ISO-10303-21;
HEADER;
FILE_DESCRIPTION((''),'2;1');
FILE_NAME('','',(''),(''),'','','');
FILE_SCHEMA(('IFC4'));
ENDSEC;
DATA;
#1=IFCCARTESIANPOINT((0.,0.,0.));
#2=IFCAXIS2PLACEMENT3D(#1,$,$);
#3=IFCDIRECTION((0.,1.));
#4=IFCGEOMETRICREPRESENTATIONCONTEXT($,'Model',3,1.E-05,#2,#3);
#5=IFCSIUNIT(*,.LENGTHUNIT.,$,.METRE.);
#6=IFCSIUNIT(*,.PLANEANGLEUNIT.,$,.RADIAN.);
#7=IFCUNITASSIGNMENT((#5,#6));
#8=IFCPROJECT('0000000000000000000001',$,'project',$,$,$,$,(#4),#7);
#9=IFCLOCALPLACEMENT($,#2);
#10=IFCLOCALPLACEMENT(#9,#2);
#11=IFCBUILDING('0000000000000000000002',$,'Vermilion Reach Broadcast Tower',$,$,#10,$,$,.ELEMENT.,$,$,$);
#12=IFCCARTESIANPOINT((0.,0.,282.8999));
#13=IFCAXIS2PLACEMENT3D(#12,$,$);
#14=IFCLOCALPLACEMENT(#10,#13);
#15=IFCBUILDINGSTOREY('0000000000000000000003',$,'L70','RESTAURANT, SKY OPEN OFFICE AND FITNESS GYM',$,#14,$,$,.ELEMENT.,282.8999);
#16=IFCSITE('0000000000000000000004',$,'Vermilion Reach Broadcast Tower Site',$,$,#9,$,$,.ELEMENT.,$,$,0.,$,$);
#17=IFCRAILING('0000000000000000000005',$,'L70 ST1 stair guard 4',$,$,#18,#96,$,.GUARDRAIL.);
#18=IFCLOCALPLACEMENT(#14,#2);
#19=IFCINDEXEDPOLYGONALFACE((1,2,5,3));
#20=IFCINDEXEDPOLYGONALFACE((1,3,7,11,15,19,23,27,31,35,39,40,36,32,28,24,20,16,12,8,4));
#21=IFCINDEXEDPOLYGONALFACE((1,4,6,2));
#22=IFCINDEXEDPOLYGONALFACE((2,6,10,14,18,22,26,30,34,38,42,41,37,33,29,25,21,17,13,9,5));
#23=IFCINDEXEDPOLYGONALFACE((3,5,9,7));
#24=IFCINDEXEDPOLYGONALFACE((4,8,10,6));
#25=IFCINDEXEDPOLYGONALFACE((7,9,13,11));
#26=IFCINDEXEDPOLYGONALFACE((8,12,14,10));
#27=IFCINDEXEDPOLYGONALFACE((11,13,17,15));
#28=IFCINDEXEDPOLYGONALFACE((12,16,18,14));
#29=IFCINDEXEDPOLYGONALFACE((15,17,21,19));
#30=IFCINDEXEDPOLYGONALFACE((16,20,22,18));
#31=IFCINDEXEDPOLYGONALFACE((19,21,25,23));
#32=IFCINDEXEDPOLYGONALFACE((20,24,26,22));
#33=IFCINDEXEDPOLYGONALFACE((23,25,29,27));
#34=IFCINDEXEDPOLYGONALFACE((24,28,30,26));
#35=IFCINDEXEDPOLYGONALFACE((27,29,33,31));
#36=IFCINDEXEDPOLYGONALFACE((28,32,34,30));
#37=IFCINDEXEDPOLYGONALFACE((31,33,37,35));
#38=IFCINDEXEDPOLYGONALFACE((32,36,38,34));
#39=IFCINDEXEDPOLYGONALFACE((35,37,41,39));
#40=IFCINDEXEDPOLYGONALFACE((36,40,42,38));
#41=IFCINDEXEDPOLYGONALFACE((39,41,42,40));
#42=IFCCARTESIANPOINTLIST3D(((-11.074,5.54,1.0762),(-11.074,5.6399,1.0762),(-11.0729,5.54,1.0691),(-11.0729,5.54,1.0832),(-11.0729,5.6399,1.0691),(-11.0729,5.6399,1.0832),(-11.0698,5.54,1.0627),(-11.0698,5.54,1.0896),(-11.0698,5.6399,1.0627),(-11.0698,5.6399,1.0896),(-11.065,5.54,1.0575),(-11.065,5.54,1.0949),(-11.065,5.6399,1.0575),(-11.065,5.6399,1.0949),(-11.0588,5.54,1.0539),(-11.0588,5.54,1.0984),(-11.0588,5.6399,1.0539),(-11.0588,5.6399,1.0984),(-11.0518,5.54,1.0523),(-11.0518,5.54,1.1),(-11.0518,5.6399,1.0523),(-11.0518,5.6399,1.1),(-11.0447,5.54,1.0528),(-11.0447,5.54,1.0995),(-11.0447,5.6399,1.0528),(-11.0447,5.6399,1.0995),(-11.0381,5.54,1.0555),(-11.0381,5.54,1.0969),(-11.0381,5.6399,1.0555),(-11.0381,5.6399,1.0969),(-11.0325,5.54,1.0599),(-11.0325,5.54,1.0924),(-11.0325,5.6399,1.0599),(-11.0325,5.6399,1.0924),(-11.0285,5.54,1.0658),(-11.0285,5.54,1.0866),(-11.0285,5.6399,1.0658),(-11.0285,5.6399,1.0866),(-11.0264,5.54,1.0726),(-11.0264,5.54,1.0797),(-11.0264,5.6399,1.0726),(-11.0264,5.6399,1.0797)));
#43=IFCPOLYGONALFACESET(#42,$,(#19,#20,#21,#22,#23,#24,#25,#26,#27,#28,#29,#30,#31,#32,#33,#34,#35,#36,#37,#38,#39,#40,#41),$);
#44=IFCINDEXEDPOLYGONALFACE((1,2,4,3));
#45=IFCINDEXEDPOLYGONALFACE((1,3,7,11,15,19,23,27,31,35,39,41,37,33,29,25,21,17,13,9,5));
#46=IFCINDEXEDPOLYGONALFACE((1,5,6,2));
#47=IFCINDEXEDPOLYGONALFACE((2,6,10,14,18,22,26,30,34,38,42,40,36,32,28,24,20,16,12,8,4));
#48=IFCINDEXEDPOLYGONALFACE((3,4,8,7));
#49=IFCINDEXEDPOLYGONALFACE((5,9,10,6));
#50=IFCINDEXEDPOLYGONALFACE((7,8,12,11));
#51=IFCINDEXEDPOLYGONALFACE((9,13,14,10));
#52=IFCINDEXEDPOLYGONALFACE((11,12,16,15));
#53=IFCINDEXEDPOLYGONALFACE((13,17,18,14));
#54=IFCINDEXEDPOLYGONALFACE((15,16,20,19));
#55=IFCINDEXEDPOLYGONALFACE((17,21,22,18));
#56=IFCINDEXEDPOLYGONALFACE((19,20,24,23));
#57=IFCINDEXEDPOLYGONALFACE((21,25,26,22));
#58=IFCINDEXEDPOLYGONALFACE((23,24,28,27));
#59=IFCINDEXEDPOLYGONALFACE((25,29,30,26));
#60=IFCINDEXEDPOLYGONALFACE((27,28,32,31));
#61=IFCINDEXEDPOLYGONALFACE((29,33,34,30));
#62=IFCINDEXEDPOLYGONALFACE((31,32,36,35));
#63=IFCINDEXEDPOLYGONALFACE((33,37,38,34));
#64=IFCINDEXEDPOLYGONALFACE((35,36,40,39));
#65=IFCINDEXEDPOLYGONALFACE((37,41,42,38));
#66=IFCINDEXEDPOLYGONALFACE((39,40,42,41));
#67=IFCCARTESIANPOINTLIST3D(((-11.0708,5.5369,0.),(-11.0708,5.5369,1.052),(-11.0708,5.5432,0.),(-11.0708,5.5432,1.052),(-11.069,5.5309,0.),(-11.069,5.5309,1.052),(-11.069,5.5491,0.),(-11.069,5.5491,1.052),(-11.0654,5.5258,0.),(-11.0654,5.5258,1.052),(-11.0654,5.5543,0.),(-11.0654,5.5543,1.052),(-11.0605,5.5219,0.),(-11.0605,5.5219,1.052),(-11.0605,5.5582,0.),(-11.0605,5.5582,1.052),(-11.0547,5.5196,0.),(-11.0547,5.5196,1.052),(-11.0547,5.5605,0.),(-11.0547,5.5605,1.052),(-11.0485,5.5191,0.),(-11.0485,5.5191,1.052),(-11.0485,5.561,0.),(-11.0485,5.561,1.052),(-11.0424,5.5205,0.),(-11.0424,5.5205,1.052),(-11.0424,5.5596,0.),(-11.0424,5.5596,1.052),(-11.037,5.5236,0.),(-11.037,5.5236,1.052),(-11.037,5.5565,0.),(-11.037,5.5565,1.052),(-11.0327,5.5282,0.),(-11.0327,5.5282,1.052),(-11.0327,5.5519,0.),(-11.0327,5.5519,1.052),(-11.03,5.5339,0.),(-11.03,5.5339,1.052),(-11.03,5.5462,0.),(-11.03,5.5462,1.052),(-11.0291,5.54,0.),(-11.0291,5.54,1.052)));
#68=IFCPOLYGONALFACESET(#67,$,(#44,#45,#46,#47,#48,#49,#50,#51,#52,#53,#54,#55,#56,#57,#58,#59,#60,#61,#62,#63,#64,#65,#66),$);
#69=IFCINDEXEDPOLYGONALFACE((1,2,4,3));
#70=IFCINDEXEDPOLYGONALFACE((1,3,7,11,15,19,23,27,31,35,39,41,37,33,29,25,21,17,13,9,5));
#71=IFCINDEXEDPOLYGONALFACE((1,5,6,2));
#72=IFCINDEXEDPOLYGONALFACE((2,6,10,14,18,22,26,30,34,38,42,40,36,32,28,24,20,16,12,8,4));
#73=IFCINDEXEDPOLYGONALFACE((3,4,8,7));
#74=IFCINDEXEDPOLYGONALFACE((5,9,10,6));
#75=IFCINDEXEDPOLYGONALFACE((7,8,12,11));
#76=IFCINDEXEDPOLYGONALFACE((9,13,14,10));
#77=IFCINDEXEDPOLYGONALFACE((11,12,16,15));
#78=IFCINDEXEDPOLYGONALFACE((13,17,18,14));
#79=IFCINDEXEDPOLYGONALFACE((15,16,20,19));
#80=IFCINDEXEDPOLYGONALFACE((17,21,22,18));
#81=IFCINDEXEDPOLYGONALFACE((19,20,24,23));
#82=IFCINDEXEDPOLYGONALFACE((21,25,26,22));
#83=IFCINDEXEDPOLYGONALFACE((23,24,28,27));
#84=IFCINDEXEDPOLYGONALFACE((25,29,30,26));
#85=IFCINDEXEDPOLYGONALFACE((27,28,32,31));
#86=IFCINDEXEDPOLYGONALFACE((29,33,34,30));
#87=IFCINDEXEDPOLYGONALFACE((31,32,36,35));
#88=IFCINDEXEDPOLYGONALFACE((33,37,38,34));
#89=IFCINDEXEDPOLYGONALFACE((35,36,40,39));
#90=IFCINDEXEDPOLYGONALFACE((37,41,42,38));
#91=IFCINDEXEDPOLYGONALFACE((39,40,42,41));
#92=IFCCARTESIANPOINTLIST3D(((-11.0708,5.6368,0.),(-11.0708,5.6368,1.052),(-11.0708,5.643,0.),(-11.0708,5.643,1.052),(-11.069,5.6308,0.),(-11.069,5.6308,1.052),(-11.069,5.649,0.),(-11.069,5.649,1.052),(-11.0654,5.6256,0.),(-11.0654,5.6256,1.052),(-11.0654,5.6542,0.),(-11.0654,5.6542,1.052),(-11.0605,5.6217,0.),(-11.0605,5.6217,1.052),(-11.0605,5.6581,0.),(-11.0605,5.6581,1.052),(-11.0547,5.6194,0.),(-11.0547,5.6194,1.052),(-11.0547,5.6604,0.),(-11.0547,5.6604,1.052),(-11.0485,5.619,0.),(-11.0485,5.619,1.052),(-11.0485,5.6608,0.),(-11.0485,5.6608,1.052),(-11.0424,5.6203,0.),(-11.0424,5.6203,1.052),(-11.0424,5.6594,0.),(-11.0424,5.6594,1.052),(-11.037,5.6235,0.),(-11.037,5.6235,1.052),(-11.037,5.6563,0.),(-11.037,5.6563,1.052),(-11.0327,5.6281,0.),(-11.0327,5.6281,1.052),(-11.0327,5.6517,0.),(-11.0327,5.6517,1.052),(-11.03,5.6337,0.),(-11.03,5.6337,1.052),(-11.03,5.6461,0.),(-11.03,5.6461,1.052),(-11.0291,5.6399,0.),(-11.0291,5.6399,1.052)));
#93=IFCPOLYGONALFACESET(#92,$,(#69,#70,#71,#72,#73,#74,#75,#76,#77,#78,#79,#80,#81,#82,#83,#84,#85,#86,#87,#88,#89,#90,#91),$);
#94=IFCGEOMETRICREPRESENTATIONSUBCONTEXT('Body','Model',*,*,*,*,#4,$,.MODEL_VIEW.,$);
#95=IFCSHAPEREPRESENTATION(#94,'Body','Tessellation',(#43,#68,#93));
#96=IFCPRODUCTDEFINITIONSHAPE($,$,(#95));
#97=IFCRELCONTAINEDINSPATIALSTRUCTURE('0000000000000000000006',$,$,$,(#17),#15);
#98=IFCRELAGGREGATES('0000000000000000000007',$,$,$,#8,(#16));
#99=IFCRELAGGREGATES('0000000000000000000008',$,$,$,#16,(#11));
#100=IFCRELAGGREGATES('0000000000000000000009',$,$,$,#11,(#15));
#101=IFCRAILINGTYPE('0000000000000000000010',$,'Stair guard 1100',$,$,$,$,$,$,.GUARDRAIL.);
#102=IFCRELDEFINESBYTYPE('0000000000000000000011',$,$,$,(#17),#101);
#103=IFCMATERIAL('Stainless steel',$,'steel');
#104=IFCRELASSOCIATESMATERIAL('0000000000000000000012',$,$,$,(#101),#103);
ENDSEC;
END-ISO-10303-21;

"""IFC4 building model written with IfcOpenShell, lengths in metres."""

from ifc_helpers import new_model, si_unit, direction, frame, origin, origin_2d, place, context, subcontext, project, spatial, circle, extrude, material, type_object, element, save


model = new_model("IFC4")

# Units and contexts
model_context = context("Model", 3, precision=1e-05, world=origin(), true_north=direction((0.0, 1.0)))
body_context = subcontext(model_context, "Body", "Model", "MODEL_VIEW")
ifc_project = project(units=[si_unit("LENGTHUNIT", "METRE"), si_unit("PLANEANGLEUNIT", "RADIAN")], contexts=[model_context])

# Site, building, storey
site_placement = place(None, origin())
site = spatial("IfcSite", under=ifc_project, at=site_placement, Name="Vermilion Reach Broadcast Tower Site", CompositionType="ELEMENT", RefElevation=0.0)
building_placement = place(site_placement, origin())
building = spatial("IfcBuilding", under=site, at=building_placement, Name="Vermilion Reach Broadcast Tower", CompositionType="ELEMENT")
storey_placement = place(building_placement, frame((0.0, 0.0, 282.8999)))
storey = spatial("IfcBuildingStorey", under=building, at=storey_placement, Name="L70", Description="RESTAURANT, SKY OPEN OFFICE AND FITNESS GYM", CompositionType="ELEMENT", Elevation=282.8999)

# Railing
ifc_material_1 = material(Name="Stainless steel", Category="steel")
railing_type_1 = type_object("IfcRailingType", Name="Stair guard 1100", PredefinedType="GUARDRAIL", material=ifc_material_1)
railing_1_placement = place(storey_placement, frame((-11.05, 5.54, 0.0)))
element("IfcRailing", 1, at=railing_1_placement, inside=storey, type_object=railing_type_1, Name="L70 ST1 stair guard 4", PredefinedType="GUARDRAIL", context=body_context, shape_type="SweptSolid", body=[
    extrude(circle(Radius=0.0239, at=origin_2d()), frame((0.0, 0.0, 1.0762), z_axis=(0.0, 1.0, 0.0), x_axis=(-1.0, 0.0, 0.0)), (0.0, 0.0, 1.0), 0.0999),
    extrude(circle(Radius=0.021, at=origin_2d()), origin(), (0.0, 0.0, 1.0), 1.052),
    extrude(circle(Radius=0.021, at=origin_2d()), frame((0.0, 0.0999, 0.0)), (0.0, 0.0, 1.0), 1.052),
])

save(model, "model.ifc")
